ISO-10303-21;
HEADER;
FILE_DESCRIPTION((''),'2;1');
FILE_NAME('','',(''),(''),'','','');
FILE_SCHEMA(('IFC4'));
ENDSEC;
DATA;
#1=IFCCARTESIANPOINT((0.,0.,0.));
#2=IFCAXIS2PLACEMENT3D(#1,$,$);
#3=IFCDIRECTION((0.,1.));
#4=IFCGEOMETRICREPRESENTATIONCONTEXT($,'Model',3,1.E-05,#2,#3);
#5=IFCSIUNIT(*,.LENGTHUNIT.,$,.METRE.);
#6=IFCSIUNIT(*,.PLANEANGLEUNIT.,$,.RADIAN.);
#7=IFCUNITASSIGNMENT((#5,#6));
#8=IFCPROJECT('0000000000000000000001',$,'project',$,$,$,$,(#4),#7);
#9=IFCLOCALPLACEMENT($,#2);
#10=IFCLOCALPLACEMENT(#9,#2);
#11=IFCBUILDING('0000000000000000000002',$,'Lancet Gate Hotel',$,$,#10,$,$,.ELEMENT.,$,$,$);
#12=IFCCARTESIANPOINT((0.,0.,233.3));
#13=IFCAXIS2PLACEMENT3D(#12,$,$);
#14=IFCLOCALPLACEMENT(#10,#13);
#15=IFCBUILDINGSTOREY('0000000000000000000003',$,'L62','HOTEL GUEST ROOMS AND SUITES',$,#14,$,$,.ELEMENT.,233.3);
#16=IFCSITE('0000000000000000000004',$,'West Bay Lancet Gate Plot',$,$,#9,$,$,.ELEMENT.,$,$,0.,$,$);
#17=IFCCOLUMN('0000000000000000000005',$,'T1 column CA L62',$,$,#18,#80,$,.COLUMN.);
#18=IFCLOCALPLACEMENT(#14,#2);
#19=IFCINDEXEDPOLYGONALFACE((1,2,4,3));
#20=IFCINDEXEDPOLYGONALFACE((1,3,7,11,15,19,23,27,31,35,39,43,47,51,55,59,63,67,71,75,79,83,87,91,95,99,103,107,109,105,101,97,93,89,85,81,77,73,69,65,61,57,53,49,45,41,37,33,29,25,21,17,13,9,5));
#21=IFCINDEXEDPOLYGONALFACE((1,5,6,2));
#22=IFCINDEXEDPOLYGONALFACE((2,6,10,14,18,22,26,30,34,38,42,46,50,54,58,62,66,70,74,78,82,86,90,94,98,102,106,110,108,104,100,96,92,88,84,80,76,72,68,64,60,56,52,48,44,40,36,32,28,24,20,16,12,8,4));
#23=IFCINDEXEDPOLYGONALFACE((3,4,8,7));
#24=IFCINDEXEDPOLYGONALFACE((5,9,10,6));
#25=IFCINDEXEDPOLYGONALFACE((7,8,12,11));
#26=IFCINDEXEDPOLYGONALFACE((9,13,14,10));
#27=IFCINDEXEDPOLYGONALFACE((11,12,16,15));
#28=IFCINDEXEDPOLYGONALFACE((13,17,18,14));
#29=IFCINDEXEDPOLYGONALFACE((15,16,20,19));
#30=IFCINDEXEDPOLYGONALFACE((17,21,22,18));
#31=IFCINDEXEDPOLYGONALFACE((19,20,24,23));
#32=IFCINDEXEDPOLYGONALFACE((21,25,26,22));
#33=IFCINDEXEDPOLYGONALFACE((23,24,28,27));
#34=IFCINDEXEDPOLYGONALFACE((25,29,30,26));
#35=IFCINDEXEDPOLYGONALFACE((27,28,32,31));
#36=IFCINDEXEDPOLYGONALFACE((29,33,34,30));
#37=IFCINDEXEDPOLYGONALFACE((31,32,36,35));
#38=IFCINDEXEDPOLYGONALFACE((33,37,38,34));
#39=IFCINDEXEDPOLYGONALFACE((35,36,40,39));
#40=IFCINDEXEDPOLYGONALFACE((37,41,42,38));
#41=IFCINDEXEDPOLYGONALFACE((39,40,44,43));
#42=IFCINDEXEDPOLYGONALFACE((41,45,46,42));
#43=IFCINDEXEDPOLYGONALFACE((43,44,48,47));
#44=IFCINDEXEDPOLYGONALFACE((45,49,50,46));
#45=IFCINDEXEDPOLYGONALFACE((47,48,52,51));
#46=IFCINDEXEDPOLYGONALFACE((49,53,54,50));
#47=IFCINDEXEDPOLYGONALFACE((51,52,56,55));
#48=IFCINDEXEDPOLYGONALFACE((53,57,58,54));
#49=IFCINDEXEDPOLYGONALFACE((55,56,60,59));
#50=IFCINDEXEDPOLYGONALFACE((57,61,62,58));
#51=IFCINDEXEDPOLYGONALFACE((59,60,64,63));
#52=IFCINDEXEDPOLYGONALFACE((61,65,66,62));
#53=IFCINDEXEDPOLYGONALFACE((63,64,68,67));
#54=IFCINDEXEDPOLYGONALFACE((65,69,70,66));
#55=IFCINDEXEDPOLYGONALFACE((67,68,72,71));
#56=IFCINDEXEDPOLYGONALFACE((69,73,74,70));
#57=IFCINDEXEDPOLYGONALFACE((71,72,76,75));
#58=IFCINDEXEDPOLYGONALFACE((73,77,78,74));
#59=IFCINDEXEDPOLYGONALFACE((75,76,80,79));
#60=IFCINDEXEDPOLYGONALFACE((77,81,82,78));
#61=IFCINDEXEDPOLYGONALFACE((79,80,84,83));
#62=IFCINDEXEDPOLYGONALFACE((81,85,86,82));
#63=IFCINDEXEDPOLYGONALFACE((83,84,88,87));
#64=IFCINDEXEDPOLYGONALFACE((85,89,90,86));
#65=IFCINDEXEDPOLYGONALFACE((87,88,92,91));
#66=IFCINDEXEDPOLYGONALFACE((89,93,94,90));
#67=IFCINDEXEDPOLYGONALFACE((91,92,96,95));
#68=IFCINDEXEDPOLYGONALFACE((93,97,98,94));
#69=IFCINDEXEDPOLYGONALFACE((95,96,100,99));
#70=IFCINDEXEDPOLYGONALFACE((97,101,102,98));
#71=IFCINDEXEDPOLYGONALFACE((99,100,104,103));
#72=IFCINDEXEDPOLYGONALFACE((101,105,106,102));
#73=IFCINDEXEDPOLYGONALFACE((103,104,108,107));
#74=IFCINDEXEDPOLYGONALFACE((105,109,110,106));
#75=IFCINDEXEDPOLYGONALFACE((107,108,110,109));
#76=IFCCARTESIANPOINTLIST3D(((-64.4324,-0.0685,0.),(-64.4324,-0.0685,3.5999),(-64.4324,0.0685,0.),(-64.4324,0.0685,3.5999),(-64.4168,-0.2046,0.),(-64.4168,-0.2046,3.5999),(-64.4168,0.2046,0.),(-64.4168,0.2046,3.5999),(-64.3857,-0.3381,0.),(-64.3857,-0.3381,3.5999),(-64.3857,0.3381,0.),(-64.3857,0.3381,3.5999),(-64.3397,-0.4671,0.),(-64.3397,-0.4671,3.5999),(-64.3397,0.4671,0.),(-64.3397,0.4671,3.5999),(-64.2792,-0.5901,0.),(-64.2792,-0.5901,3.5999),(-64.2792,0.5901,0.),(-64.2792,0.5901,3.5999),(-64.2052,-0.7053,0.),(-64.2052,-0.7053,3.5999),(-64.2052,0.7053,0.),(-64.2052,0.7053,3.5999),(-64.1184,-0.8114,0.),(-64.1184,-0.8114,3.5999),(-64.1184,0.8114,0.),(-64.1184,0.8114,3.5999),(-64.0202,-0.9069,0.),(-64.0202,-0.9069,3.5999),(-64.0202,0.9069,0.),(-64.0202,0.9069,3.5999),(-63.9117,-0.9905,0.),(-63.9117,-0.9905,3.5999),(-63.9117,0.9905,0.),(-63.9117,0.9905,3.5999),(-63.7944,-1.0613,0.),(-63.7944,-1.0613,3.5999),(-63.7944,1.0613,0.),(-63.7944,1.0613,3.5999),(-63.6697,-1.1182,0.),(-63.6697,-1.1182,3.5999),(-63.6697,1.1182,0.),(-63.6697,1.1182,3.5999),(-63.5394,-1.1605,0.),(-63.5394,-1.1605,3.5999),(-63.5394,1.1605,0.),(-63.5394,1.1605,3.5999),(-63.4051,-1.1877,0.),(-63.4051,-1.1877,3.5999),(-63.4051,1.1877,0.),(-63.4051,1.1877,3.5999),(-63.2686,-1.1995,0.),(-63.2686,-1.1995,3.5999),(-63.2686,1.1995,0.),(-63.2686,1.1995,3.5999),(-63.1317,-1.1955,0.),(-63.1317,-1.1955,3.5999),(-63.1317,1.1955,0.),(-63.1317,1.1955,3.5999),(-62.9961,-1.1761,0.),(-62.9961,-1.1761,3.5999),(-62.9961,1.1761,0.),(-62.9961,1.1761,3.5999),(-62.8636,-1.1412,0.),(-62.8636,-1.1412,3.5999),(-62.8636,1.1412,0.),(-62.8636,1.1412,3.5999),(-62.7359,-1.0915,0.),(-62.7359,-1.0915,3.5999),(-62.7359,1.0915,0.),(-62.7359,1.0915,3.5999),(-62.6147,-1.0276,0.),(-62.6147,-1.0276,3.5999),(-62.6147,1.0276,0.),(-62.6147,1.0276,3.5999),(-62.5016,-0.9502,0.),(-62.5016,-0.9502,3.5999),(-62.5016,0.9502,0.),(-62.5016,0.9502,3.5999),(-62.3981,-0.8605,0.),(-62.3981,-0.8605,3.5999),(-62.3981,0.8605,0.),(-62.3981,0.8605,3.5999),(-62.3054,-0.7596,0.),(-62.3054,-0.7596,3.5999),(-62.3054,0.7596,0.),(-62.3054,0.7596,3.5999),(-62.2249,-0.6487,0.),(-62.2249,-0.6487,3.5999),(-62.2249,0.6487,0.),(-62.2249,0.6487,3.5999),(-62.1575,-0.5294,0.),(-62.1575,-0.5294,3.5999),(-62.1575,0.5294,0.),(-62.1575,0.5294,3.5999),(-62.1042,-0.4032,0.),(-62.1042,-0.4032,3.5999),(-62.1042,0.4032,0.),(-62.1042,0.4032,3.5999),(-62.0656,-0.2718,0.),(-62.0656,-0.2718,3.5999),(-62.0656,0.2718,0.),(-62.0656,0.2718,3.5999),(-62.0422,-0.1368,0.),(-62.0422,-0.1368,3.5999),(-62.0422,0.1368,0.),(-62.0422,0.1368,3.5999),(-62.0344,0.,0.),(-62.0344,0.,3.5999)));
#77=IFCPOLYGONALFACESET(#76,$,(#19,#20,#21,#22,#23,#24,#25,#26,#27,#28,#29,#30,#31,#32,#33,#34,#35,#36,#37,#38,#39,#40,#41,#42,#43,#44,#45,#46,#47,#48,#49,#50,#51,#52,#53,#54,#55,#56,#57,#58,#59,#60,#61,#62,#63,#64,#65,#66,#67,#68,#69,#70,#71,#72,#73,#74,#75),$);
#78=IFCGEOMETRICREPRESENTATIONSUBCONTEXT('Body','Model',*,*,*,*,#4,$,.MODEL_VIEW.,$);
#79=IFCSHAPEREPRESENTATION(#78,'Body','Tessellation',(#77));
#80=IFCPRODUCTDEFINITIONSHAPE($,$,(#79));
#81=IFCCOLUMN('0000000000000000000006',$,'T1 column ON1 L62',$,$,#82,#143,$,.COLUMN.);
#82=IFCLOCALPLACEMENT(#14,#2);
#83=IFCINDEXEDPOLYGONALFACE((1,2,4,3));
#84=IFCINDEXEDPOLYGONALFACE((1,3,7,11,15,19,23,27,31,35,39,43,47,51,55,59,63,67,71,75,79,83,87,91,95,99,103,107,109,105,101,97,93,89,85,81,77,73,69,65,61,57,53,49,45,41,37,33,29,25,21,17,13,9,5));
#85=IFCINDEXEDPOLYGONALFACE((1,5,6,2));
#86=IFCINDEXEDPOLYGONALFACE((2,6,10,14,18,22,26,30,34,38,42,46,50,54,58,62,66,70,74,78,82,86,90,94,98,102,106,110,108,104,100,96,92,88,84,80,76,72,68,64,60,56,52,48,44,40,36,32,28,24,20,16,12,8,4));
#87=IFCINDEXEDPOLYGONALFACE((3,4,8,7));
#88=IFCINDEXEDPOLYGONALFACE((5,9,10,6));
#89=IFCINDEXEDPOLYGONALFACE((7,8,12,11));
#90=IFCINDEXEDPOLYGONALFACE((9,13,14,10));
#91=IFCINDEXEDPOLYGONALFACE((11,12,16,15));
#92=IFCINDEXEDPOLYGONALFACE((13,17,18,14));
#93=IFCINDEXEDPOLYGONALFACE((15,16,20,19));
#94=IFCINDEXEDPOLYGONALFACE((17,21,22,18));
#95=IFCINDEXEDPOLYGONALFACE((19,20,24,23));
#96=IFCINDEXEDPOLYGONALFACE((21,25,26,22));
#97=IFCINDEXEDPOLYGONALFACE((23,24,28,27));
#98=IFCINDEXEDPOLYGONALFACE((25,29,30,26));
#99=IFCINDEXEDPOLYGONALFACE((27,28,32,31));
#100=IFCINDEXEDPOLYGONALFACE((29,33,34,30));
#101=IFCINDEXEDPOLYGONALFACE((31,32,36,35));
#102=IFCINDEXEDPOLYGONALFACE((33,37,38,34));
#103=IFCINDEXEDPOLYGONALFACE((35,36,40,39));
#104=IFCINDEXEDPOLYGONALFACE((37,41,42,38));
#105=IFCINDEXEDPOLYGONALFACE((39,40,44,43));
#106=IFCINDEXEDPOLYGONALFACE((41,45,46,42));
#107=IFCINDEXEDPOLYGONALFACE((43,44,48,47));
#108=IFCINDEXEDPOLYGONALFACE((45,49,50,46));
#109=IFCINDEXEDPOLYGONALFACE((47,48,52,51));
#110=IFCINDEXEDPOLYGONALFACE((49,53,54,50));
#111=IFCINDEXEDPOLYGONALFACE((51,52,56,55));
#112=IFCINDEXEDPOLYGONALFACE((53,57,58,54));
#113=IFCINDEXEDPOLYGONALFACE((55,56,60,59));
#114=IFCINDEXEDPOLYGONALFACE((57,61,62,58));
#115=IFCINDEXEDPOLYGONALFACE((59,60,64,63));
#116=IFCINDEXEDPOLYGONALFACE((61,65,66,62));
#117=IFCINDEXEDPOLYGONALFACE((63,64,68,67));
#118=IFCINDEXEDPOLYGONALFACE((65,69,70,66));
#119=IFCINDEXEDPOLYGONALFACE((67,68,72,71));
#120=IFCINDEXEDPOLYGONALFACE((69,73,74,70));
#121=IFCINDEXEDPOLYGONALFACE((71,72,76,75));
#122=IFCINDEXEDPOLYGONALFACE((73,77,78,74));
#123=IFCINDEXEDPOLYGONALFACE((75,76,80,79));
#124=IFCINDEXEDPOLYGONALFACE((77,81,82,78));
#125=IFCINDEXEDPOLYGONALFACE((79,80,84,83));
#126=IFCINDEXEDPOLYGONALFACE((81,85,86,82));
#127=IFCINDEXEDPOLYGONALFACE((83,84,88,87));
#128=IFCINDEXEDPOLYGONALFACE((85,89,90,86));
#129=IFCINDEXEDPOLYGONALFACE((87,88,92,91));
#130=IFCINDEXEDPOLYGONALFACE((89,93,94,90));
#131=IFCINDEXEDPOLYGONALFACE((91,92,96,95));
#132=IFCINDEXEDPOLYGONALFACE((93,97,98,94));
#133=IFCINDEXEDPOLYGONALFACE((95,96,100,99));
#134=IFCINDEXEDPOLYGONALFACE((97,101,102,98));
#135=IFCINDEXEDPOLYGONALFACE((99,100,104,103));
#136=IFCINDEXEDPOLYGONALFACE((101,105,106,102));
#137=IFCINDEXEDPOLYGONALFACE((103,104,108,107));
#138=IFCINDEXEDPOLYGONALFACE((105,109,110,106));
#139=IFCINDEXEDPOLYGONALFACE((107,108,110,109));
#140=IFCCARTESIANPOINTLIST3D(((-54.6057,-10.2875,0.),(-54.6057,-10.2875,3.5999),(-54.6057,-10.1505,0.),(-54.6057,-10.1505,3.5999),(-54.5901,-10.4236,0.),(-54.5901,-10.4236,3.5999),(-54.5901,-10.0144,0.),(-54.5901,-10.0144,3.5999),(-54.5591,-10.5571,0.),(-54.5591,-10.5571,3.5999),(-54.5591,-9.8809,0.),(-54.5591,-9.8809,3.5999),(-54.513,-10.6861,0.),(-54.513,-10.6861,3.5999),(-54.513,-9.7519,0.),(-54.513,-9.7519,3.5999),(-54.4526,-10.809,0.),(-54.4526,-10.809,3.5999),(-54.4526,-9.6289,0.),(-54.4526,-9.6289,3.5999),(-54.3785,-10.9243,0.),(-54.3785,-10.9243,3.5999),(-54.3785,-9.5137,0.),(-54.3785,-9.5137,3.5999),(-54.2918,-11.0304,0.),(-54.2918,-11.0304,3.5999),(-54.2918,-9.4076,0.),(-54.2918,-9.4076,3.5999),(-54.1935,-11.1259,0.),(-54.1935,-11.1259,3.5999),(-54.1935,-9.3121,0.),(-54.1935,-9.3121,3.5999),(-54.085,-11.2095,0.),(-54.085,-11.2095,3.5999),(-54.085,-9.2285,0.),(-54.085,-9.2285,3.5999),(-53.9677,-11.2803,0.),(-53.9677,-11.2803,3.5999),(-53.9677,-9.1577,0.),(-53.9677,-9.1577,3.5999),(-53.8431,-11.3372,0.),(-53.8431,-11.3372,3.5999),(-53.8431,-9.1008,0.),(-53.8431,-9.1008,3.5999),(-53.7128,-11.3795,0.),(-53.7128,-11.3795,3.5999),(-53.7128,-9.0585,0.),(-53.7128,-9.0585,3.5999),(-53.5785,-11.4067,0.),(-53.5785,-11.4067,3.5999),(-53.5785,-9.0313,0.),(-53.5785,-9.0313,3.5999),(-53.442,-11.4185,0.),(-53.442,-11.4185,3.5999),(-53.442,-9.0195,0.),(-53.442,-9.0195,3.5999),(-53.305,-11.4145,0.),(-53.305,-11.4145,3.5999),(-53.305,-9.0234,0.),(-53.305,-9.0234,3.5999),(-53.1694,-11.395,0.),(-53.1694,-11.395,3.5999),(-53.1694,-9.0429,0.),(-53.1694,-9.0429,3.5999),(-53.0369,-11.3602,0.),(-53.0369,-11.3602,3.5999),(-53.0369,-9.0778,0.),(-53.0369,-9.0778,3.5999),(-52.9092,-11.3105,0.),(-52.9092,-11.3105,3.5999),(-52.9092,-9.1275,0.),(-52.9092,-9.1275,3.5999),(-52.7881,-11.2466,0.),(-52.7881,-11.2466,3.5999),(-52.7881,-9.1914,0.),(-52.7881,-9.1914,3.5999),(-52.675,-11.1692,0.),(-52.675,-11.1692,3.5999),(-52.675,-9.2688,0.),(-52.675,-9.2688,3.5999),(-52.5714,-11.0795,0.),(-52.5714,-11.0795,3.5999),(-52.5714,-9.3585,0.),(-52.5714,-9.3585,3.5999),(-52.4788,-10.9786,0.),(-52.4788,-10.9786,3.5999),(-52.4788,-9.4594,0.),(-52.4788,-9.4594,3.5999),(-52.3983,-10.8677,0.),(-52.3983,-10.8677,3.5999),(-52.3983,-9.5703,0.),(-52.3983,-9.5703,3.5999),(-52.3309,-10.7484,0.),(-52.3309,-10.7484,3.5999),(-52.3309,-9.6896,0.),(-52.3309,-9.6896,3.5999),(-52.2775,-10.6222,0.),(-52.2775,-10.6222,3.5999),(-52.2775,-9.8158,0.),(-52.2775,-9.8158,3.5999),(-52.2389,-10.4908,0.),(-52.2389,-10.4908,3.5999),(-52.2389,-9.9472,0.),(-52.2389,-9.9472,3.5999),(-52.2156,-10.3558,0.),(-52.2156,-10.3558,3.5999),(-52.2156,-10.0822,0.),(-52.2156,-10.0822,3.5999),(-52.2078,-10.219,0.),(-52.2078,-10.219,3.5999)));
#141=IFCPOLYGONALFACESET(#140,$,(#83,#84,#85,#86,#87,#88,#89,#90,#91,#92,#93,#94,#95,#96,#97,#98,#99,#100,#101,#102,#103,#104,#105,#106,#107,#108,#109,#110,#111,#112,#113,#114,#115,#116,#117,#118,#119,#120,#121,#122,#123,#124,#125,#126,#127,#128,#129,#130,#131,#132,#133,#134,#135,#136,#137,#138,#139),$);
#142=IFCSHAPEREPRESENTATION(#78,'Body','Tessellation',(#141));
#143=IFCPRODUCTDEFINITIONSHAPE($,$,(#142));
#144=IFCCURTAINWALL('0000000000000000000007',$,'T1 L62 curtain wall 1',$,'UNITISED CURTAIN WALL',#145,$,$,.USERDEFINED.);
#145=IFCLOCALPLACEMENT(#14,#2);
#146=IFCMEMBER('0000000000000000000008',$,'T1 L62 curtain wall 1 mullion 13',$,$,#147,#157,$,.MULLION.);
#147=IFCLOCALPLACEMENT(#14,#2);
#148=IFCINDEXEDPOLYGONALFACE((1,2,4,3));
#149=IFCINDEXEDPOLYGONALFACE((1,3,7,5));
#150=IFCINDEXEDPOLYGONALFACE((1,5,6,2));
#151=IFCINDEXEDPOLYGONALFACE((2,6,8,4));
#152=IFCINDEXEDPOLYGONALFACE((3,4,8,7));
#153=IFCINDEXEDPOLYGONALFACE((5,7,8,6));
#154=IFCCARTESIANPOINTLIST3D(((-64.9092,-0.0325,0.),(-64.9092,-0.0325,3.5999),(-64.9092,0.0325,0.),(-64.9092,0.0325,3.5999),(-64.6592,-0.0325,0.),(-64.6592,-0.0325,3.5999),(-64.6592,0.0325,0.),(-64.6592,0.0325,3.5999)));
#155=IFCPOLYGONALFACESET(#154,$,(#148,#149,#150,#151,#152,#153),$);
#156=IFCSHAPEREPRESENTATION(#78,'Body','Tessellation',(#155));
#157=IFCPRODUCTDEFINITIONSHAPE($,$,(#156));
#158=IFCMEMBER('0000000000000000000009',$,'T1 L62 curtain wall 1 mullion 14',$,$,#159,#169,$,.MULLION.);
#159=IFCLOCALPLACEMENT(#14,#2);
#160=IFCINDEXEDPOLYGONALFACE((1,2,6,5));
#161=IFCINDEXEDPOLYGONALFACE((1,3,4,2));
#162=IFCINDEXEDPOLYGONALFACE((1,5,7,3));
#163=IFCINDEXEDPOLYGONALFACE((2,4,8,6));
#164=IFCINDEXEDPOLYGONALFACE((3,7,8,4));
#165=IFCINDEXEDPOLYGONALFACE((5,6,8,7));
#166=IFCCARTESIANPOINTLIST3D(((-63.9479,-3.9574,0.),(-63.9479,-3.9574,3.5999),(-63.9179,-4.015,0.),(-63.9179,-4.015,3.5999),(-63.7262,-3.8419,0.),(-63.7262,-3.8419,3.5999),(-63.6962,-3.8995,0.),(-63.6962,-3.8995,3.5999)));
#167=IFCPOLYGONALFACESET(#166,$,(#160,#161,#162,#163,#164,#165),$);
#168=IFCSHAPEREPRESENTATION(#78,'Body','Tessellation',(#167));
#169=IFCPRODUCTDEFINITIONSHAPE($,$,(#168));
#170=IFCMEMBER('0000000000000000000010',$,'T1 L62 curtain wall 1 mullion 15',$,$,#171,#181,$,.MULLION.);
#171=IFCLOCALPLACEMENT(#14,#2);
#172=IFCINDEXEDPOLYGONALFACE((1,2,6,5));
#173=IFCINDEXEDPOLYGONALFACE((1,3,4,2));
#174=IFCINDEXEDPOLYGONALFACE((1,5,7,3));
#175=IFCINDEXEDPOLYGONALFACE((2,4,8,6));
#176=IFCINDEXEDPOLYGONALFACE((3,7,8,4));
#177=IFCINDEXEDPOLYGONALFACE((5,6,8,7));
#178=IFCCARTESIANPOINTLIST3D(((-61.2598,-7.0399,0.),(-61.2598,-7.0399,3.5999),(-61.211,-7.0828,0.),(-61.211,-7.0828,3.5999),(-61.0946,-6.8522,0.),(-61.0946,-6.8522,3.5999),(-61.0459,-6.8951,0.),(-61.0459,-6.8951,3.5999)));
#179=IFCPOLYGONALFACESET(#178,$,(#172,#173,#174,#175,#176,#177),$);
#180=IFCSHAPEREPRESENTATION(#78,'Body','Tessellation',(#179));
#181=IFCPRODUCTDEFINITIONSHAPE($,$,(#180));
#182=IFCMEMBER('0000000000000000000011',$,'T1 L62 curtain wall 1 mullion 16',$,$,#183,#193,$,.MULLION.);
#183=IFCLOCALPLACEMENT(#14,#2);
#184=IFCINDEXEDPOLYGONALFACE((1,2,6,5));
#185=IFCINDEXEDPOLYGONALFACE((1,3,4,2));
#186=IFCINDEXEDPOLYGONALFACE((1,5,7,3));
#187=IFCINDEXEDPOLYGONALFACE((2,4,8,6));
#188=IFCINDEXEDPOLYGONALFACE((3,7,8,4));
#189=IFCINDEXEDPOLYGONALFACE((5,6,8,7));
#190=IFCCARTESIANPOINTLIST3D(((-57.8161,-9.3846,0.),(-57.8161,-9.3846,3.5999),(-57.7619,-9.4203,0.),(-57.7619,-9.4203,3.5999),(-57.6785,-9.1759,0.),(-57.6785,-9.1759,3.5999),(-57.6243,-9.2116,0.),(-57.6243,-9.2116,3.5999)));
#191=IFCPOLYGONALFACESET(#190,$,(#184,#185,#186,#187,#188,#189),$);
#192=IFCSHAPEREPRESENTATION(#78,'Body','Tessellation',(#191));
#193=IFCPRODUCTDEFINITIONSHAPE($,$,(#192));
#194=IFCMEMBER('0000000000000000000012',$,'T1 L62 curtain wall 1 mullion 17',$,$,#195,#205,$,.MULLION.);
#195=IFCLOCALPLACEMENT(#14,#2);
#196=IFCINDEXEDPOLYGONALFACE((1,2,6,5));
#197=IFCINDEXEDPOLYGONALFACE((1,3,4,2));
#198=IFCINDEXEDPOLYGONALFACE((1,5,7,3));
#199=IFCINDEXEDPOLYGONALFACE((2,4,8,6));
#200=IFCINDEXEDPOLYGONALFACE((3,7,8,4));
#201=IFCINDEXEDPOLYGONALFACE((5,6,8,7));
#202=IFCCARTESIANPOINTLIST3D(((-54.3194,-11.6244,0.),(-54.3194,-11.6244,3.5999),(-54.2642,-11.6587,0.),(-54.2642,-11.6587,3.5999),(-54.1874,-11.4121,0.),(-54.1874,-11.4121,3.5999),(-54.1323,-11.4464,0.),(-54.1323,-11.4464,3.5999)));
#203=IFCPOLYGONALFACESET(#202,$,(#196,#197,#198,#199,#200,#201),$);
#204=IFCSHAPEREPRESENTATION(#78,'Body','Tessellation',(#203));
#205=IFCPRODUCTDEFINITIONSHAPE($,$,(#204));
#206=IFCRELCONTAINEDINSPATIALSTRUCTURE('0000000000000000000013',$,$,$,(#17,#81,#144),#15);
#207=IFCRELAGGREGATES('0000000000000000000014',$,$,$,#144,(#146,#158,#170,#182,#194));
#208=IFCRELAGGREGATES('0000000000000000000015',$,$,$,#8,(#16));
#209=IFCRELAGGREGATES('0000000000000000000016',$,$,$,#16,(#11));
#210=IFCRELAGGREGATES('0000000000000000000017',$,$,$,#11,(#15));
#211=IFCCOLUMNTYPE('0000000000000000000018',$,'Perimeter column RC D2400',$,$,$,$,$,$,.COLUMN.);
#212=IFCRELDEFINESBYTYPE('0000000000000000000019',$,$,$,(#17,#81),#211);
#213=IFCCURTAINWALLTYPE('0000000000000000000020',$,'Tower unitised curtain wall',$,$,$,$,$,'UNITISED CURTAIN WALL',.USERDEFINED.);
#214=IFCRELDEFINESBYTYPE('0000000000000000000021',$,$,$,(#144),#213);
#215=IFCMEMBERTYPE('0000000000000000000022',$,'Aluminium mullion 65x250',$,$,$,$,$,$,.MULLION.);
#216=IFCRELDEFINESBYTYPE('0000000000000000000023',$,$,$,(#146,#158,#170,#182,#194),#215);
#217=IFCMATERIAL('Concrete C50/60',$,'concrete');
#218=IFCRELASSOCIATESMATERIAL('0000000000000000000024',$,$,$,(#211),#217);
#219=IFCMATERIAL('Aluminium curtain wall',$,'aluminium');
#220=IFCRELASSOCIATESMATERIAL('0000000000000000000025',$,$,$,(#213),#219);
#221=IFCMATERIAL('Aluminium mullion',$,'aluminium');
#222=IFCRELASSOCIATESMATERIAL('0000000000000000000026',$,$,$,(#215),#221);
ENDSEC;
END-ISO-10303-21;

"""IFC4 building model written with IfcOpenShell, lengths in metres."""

from ifc_helpers import new_model, si_unit, direction, frame, origin, origin_2d, place, context, subcontext, project, spatial, rectangle, circle, extrude, material, material_profile, profile_set, type_object, element, aggregate, save


model = new_model("IFC4")

# Units and contexts
model_context = context("Model", 3, precision=1e-05, world=origin(), true_north=direction((0.0, 1.0)))
body_context = subcontext(model_context, "Body", "Model", "MODEL_VIEW")
ifc_project = project(units=[si_unit("LENGTHUNIT", "METRE"), si_unit("PLANEANGLEUNIT", "RADIAN")], contexts=[model_context])

# Site, building, storey
site_placement = place(None, origin())
site = spatial("IfcSite", under=ifc_project, at=site_placement, Name="West Bay Lancet Gate Plot", CompositionType="ELEMENT", RefElevation=0.0)
building_placement = place(site_placement, origin())
building = spatial("IfcBuilding", under=site, at=building_placement, Name="Lancet Gate Hotel", CompositionType="ELEMENT")
storey_placement = place(building_placement, frame((0.0, 0.0, 233.3)))
storey = spatial("IfcBuildingStorey", under=building, at=storey_placement, Name="L62", Description="HOTEL GUEST ROOMS AND SUITES", CompositionType="ELEMENT", Elevation=233.3)

# Columns
ifc_material_1 = material(Name="Concrete C50/60", Category="concrete")
ifc_material_profile_1 = material_profile(ifc_material_1, circle(Radius=1.2, at=origin_2d()), Name="RC D2400")
ifc_profile_set_1 = profile_set([ifc_material_profile_1], Name="Concrete C50/60")
column_type = type_object("IfcColumnType", Name="Perimeter column RC D2400", PredefinedType="COLUMN", material=ifc_profile_set_1)
for number, where, z_axis, x_axis, name in (
    (1, (-63.2344, 0.0, 0.0), (0.0, 0.0, 1.0), (1.0, 0.0, 0.0), "T1 column CA L62"),
    (2, (-53.4077, -10.219, 0.0), (0.0, 0.0, 1.0), (1.0, 0.0, 0.0), "T1 column ON1 L62"),
):
    element("IfcColumn", number, at=place(storey_placement, frame(where, z_axis=z_axis, x_axis=x_axis)), inside=storey, type_object=column_type, Name=name, PredefinedType="COLUMN", context=body_context, shape_type="SweptSolid", body=[
        extrude(circle(Radius=1.2, at=origin_2d()), origin(), (0.0, 0.0, 1.0), 3.5999),
    ])

# Curtain wall, members
ifc_material_2 = material(Name="Aluminium curtain wall", Category="aluminium")
curtain_wall_type = type_object("IfcCurtainWallType", Name="Tower unitised curtain wall", ElementType="UNITISED CURTAIN WALL", PredefinedType="USERDEFINED", material=ifc_material_2)
curtain_wall_placement = place(storey_placement, origin())
curtain_wall = element("IfcCurtainWall", 3, at=curtain_wall_placement, inside=storey, type_object=curtain_wall_type, Name="T1 L62 curtain wall 1", ObjectType="UNITISED CURTAIN WALL", PredefinedType="USERDEFINED")
ifc_material_3 = material(Name="Aluminium mullion", Category="aluminium")
ifc_material_profile_2 = material_profile(ifc_material_3, rectangle(XDim=0.0649, YDim=0.25, at=origin_2d()), Name="MULLION 65x250")
ifc_profile_set_2 = profile_set([ifc_material_profile_2], Name="Aluminium mullion")
member_type_1 = type_object("IfcMemberType", Name="Aluminium mullion 65x250", PredefinedType="MULLION", material=ifc_profile_set_2)
member_1_placement = place(storey_placement, frame((-64.7842, 0.0, 0.0), z_axis=(0.0, 0.0, 1.0), x_axis=(0.0, -1.0, 0.0)))
member_1 = element("IfcMember", 4, at=member_1_placement, type_object=member_type_1, Name="T1 L62 curtain wall 1 mullion 13", PredefinedType="MULLION", context=body_context, shape_type="SweptSolid", body=[
    extrude(rectangle(XDim=0.0649, YDim=0.25, at=origin_2d()), origin(), (0.0, 0.0, 1.0), 3.5999),
])
member_2_placement = place(storey_placement, frame((-63.822, -3.9285, 0.0), z_axis=(0.0, 0.0, 1.0), x_axis=(0.462178, -0.886787, 0.0)))
member_2 = element("IfcMember", 5, at=member_2_placement, type_object=member_type_1, Name="T1 L62 curtain wall 1 mullion 14", PredefinedType="MULLION", context=body_context, shape_type="SweptSolid", body=[
    extrude(rectangle(XDim=0.0649, YDim=0.25, at=origin_2d()), origin(), (0.0, 0.0, 1.0), 3.5999),
])
member_3_placement = place(storey_placement, frame((-61.1528, -6.9675, 0.0), z_axis=(0.0, 0.0, 1.0), x_axis=(0.750716, -0.660626, 0.0)))
member_3 = element("IfcMember", 6, at=member_3_placement, type_object=member_type_1, Name="T1 L62 curtain wall 1 mullion 15", PredefinedType="MULLION", context=body_context, shape_type="SweptSolid", body=[
    extrude(rectangle(XDim=0.0649, YDim=0.25, at=origin_2d()), origin(), (0.0, 0.0, 1.0), 3.5999),
])
member_4_placement = place(storey_placement, frame((-57.7202, -9.2981, 0.0), z_axis=(0.0, 0.0, 1.0), x_axis=(0.834827, -0.550512, 0.0)))
member_4 = element("IfcMember", 7, at=member_4_placement, type_object=member_type_1, Name="T1 L62 curtain wall 1 mullion 16", PredefinedType="MULLION", context=body_context, shape_type="SweptSolid", body=[
    extrude(rectangle(XDim=0.0649, YDim=0.25, at=origin_2d()), origin(), (0.0, 0.0, 1.0), 3.5999),
])
member_5_placement = place(storey_placement, frame((-54.2258, -11.5354, 0.0), z_axis=(0.0, 0.0, 1.0), x_axis=(0.849342, -0.527842, 0.0)))
member_5 = element("IfcMember", 8, at=member_5_placement, type_object=member_type_1, Name="T1 L62 curtain wall 1 mullion 17", PredefinedType="MULLION", context=body_context, shape_type="SweptSolid", body=[
    extrude(rectangle(XDim=0.0649, YDim=0.25, at=origin_2d()), origin(), (0.0, 0.0, 1.0), 3.5999),
])

aggregate(curtain_wall, [member_1, member_2, member_3, member_4, member_5])

save(model, "model.ifc")
